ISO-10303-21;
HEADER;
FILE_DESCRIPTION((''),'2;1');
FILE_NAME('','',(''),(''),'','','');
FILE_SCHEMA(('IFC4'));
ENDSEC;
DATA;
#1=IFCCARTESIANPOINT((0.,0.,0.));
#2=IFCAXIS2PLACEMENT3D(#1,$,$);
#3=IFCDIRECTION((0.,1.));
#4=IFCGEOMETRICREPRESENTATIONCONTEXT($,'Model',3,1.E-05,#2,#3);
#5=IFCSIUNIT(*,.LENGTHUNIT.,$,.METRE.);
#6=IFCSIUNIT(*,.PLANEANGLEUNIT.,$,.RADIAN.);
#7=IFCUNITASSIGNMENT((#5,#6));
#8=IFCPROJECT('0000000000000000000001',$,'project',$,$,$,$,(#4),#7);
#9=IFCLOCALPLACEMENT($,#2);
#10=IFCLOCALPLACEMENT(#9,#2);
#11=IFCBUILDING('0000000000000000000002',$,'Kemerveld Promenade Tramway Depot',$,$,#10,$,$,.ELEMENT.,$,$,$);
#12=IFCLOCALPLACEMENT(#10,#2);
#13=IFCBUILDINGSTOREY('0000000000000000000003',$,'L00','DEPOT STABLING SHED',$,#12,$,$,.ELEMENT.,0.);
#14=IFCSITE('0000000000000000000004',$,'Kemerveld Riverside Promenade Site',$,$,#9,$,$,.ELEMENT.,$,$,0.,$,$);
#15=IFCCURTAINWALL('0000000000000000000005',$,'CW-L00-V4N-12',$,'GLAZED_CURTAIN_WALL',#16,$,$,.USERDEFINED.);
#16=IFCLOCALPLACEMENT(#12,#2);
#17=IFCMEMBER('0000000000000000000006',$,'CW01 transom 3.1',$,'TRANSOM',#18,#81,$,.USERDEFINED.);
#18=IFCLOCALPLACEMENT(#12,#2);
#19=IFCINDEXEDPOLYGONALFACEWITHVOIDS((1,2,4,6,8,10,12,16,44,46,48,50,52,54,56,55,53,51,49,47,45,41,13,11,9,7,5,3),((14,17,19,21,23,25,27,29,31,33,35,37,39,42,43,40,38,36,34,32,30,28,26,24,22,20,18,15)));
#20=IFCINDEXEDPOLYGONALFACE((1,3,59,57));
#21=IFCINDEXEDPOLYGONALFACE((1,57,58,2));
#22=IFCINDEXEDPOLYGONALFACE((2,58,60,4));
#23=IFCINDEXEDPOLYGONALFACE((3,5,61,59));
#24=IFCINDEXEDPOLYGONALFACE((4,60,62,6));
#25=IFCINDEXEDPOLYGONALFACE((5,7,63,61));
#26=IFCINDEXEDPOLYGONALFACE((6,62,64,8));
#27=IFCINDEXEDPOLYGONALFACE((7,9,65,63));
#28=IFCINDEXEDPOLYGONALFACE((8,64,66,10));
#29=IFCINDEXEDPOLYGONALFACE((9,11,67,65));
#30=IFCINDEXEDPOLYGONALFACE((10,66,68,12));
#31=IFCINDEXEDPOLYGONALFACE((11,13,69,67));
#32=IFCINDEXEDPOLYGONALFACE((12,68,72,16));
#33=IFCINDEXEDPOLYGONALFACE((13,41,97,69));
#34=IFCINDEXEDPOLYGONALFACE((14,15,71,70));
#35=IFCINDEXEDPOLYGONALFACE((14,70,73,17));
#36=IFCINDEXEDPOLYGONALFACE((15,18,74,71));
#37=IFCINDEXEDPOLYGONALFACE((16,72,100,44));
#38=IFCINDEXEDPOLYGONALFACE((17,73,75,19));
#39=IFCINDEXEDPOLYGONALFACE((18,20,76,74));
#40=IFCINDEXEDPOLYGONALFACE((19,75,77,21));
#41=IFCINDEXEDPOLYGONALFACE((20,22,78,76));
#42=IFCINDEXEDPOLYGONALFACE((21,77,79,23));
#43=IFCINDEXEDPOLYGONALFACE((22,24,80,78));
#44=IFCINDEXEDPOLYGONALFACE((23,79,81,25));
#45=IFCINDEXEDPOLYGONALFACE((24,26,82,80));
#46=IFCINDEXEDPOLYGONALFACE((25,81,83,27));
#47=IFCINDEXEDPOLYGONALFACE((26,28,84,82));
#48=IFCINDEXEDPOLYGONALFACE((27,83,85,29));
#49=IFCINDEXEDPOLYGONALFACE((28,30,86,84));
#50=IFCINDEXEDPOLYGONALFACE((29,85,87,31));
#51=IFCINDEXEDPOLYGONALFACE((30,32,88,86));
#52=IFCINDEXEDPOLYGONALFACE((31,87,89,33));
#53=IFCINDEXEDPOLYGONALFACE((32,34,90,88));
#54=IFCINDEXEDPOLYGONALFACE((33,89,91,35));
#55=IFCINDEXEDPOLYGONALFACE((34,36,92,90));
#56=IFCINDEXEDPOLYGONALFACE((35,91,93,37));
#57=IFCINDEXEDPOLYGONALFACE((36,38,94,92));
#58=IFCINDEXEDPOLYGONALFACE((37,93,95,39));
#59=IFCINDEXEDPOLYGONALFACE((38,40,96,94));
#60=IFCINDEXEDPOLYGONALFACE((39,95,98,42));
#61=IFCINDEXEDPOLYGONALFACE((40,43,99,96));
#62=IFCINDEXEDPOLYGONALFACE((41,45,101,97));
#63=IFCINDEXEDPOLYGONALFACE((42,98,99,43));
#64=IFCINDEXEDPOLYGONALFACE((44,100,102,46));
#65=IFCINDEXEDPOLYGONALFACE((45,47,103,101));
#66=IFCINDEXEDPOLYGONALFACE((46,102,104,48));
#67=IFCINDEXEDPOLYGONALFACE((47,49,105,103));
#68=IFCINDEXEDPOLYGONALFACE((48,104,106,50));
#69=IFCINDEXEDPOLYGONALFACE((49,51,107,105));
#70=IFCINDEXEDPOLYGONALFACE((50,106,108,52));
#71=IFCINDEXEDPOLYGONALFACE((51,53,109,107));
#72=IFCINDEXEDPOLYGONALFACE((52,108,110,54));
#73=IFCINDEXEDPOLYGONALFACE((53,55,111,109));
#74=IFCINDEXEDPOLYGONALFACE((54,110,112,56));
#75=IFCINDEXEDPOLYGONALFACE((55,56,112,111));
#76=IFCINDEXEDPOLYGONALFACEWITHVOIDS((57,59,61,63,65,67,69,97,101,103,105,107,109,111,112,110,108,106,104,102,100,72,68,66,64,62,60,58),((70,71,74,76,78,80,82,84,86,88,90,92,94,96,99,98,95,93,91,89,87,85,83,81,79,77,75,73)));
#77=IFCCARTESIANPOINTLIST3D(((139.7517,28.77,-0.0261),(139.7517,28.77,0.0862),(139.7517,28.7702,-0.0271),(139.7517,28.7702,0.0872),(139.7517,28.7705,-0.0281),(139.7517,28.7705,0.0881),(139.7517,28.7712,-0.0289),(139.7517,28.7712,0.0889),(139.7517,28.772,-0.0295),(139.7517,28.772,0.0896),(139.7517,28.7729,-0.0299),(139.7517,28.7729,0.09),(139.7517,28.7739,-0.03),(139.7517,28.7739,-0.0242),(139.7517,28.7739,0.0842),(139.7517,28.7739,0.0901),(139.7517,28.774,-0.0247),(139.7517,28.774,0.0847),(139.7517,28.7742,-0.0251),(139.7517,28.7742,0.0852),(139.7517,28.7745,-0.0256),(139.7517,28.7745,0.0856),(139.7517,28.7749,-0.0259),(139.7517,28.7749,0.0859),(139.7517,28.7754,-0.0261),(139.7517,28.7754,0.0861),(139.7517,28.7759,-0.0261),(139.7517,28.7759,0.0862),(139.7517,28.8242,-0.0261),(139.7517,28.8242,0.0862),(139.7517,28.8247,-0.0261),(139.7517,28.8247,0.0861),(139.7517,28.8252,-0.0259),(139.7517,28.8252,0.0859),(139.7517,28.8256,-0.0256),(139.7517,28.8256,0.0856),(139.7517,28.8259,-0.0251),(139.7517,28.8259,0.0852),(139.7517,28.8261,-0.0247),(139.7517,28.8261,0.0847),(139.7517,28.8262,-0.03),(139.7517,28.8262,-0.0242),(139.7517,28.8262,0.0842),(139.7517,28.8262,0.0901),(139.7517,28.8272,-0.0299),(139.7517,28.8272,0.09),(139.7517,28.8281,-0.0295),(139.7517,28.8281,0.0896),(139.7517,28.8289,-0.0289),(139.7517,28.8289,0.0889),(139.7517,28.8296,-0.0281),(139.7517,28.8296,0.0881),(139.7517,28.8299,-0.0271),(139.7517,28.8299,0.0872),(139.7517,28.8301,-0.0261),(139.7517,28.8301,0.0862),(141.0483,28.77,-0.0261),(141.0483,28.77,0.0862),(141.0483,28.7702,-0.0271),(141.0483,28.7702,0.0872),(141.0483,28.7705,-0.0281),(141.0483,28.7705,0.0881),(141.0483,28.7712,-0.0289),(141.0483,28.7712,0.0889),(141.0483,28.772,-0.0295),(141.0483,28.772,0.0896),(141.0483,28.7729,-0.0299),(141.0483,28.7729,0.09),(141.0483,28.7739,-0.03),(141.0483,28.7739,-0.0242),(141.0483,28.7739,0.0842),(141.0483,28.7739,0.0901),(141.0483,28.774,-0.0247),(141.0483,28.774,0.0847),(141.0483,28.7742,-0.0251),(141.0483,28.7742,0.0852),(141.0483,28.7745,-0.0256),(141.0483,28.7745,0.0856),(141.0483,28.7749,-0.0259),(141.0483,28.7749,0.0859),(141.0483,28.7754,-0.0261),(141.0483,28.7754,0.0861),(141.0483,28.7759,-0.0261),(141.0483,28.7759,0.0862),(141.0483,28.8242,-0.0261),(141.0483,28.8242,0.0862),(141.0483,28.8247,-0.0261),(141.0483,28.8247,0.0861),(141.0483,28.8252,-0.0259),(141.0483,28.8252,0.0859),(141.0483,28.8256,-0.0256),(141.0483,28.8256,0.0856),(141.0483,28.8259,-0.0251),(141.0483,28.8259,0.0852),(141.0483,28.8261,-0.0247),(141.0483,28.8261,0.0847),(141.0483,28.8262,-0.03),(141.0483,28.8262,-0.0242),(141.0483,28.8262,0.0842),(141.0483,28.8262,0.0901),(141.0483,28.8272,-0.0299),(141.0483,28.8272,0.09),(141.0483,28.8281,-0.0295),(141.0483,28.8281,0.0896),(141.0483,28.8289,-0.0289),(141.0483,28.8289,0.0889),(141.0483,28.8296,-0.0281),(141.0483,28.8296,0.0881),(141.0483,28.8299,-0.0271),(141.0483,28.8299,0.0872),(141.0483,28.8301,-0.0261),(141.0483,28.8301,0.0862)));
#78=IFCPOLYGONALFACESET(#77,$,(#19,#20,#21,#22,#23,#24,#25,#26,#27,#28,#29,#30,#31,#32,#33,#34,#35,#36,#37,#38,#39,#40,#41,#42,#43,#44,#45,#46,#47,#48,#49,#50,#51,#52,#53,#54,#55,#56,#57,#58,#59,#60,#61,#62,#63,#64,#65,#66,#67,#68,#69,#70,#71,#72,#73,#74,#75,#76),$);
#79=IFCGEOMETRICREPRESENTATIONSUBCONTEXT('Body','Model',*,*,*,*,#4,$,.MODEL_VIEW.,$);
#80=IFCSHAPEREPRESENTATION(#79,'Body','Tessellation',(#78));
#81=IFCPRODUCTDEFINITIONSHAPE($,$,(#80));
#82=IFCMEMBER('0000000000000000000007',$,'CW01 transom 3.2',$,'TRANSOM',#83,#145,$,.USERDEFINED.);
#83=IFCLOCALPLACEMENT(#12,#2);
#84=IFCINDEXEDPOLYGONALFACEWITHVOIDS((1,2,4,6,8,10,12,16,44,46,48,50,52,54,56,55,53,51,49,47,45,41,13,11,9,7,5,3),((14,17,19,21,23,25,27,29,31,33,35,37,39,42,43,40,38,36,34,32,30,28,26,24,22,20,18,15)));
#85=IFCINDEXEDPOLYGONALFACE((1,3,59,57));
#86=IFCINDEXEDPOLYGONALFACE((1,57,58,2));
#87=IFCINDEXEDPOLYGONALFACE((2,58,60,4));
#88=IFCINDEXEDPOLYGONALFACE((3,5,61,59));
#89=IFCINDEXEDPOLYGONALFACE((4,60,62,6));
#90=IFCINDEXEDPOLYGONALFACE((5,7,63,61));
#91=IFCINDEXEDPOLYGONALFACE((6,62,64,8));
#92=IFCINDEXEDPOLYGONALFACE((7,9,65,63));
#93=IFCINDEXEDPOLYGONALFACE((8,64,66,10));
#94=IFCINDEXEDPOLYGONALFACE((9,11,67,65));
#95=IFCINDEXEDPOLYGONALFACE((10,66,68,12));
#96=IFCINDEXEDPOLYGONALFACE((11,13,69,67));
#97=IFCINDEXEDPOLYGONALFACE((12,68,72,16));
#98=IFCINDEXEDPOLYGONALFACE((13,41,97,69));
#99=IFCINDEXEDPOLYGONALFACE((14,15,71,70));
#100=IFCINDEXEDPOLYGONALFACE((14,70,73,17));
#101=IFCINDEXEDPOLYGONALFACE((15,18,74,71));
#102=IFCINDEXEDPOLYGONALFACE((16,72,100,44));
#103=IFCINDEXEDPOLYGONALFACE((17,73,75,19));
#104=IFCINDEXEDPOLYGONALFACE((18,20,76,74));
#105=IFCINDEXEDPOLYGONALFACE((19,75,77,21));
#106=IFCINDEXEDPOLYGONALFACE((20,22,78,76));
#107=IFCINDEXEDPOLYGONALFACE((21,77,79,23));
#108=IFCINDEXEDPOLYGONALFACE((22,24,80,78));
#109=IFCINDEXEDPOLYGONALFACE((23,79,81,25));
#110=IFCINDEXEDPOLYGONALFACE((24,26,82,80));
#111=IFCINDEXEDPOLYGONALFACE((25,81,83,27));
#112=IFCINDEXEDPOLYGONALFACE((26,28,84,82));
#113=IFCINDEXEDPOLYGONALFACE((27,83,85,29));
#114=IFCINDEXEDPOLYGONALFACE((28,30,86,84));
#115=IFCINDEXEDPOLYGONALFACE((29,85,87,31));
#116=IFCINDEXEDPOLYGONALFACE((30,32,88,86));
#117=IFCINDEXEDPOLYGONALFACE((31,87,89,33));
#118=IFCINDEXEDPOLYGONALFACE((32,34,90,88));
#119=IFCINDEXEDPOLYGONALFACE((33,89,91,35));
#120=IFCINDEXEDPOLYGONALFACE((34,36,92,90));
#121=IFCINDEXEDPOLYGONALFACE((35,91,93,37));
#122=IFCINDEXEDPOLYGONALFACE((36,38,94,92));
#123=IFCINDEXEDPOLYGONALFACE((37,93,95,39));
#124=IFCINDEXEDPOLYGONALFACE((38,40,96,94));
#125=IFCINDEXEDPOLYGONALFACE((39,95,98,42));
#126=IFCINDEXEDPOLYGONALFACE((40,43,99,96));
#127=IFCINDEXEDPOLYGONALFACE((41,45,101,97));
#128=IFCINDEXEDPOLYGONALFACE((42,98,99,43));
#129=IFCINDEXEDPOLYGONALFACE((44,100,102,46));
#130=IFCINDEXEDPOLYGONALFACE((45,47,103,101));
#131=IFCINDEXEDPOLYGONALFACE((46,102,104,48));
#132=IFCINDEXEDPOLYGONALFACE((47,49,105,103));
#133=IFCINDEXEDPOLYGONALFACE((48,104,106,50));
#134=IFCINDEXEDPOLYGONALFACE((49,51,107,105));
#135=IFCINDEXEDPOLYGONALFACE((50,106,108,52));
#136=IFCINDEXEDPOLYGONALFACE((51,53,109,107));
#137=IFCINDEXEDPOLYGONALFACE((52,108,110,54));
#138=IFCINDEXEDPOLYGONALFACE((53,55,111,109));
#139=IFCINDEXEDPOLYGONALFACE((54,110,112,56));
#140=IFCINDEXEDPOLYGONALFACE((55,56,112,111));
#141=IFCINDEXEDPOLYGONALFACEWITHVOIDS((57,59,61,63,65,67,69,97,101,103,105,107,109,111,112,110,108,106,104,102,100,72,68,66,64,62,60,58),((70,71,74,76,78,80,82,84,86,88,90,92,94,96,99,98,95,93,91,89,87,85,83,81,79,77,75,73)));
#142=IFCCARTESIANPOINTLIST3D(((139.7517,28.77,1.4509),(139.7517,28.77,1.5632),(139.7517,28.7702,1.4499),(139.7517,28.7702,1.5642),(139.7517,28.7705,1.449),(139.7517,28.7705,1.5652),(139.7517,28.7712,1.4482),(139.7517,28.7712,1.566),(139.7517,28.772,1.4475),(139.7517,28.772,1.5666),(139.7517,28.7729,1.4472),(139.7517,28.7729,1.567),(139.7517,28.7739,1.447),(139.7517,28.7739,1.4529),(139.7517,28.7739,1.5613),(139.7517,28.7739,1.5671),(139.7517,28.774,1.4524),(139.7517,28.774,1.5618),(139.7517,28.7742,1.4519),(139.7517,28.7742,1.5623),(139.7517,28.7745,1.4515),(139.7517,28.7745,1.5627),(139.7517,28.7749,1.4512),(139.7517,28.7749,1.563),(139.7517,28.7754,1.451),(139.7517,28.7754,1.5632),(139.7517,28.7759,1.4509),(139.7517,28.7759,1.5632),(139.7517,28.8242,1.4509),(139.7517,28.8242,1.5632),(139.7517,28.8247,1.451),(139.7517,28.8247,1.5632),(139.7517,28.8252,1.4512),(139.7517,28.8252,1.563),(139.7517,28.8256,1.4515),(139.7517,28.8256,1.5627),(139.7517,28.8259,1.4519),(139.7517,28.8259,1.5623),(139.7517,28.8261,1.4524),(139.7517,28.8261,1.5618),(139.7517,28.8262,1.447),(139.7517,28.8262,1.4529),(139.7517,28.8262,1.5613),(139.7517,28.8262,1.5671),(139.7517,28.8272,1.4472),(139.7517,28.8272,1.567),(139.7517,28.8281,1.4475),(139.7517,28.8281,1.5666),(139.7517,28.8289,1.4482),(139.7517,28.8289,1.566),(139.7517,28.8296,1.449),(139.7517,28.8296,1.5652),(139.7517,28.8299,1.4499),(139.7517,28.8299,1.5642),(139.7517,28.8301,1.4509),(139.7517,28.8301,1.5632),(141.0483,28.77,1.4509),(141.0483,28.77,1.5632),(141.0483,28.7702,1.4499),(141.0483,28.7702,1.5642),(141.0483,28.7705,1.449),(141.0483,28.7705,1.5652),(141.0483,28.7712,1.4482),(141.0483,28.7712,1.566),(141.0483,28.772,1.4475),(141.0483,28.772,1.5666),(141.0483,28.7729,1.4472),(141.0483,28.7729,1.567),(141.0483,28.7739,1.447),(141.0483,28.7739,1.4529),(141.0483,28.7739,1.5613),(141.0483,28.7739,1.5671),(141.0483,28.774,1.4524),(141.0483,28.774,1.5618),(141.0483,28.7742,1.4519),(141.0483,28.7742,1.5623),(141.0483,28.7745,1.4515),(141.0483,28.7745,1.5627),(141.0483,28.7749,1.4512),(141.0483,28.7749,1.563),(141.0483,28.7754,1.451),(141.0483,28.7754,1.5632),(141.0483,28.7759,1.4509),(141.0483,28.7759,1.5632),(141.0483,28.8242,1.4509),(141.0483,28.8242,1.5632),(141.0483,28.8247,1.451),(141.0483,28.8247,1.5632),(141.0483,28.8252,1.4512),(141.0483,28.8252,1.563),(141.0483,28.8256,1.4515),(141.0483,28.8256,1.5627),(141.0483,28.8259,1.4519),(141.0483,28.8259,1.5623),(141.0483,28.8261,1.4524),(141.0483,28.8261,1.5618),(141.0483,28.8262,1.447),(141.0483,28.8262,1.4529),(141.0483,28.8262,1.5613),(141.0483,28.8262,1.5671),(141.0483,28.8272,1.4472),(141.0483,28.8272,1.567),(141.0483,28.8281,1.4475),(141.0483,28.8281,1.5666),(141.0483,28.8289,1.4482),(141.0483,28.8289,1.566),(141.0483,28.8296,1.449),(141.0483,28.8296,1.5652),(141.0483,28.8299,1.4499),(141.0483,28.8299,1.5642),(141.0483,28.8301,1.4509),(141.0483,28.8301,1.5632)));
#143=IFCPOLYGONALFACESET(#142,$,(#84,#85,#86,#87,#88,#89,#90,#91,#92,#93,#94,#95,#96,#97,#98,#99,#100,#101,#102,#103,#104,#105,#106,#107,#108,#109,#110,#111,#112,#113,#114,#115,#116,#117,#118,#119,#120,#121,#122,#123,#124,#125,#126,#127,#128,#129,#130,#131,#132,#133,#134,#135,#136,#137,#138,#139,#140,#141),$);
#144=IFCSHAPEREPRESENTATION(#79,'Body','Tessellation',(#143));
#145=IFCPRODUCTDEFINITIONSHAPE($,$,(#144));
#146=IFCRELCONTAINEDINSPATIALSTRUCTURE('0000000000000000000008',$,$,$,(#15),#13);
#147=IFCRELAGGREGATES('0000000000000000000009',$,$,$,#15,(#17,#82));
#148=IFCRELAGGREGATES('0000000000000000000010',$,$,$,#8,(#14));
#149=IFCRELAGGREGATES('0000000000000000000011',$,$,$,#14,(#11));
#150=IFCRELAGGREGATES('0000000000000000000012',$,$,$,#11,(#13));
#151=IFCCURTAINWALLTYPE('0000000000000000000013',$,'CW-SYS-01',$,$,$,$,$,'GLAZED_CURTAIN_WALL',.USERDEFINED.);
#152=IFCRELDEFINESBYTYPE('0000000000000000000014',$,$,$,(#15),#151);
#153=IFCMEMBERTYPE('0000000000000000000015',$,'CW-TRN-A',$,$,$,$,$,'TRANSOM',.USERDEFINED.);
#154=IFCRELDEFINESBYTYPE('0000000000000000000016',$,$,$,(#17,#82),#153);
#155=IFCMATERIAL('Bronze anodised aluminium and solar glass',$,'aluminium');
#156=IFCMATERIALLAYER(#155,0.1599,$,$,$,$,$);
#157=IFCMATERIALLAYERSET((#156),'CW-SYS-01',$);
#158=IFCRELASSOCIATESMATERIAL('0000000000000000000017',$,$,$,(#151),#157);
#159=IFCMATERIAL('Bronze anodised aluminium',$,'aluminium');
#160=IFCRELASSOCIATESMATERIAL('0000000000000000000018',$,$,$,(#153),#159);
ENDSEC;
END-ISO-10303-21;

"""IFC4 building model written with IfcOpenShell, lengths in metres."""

from ifc_helpers import new_model, si_unit, direction, frame, origin, origin_2d, place, context, subcontext, project, spatial, hollow_rectangle, extrude, material, layer, layer_set, material_profile, profile_set, type_object, element, aggregate, save


model = new_model("IFC4")

# Units and contexts
model_context = context("Model", 3, precision=1e-05, world=origin(), true_north=direction((0.0, 1.0)))
body_context = subcontext(model_context, "Body", "Model", "MODEL_VIEW")
ifc_project = project(units=[si_unit("LENGTHUNIT", "METRE"), si_unit("PLANEANGLEUNIT", "RADIAN")], contexts=[model_context])

# Site, building, storey
site_placement = place(None, origin())
site = spatial("IfcSite", under=ifc_project, at=site_placement, Name="Kemerveld Riverside Promenade Site", CompositionType="ELEMENT", RefElevation=0.0)
building_placement = place(site_placement, origin())
building = spatial("IfcBuilding", under=site, at=building_placement, Name="Kemerveld Promenade Tramway Depot", CompositionType="ELEMENT")
storey_placement = place(building_placement, origin())
storey = spatial("IfcBuildingStorey", under=building, at=storey_placement, Name="L00", Description="DEPOT STABLING SHED", CompositionType="ELEMENT", Elevation=0.0)

# Curtain wall, members
ifc_material_1 = material(Name="Bronze anodised aluminium and solar glass", Category="aluminium")
ifc_layer_1 = layer(ifc_material_1, 0.1599)
ifc_layer_set_1 = layer_set([ifc_layer_1], Name="CW-SYS-01")
curtain_wall_type = type_object("IfcCurtainWallType", Name="CW-SYS-01", ElementType="GLAZED_CURTAIN_WALL", PredefinedType="USERDEFINED", material=ifc_layer_set_1)
curtain_wall_placement = place(storey_placement, origin())
curtain_wall = element("IfcCurtainWall", 1, at=curtain_wall_placement, inside=storey, type_object=curtain_wall_type, Name="CW-L00-V4N-12", ObjectType="GLAZED_CURTAIN_WALL", PredefinedType="USERDEFINED")
ifc_material_2 = material(Name="Bronze anodised aluminium", Category="aluminium")
ifc_material_profile_1 = material_profile(ifc_material_2, hollow_rectangle(XDim=0.0601, YDim=0.1201, WallThickness=0.0039, InnerFilletRadius=0.002, OuterFilletRadius=0.0039, at=origin_2d()), Name="CW-TRN-120x60")
ifc_profile_set_1 = profile_set([ifc_material_profile_1], Name="Bronze anodised aluminium")
member_type_1 = type_object("IfcMemberType", Name="CW-TRN-A", ElementType="TRANSOM", PredefinedType="USERDEFINED", material=ifc_profile_set_1)
member_1_placement = place(storey_placement, frame((139.7517, 28.8, 0.03), z_axis=(1.0, 0.0, 0.0), x_axis=(0.0, 1.0, 0.0)))
member_1 = element("IfcMember", 2, at=member_1_placement, type_object=member_type_1, Name="CW01 transom 3.1", ObjectType="TRANSOM", PredefinedType="USERDEFINED", context=body_context, shape_type="SweptSolid", body=[
    extrude(hollow_rectangle(XDim=0.0601, YDim=0.1201, WallThickness=0.0039, InnerFilletRadius=0.002, OuterFilletRadius=0.0039, at=origin_2d()), origin(), (0.0, 0.0, 1.0), 1.2966),
])
member_2_placement = place(storey_placement, frame((139.7517, 28.8, 1.5071), z_axis=(1.0, 0.0, 0.0), x_axis=(0.0, 1.0, 0.0)))
member_2 = element("IfcMember", 3, at=member_2_placement, type_object=member_type_1, Name="CW01 transom 3.2", ObjectType="TRANSOM", PredefinedType="USERDEFINED", context=body_context, shape_type="SweptSolid", body=[
    extrude(hollow_rectangle(XDim=0.0601, YDim=0.1201, WallThickness=0.0039, InnerFilletRadius=0.002, OuterFilletRadius=0.0039, at=origin_2d()), origin(), (0.0, 0.0, 1.0), 1.2966),
])
aggregate(curtain_wall, [member_1, member_2])

save(model, "model.ifc")
